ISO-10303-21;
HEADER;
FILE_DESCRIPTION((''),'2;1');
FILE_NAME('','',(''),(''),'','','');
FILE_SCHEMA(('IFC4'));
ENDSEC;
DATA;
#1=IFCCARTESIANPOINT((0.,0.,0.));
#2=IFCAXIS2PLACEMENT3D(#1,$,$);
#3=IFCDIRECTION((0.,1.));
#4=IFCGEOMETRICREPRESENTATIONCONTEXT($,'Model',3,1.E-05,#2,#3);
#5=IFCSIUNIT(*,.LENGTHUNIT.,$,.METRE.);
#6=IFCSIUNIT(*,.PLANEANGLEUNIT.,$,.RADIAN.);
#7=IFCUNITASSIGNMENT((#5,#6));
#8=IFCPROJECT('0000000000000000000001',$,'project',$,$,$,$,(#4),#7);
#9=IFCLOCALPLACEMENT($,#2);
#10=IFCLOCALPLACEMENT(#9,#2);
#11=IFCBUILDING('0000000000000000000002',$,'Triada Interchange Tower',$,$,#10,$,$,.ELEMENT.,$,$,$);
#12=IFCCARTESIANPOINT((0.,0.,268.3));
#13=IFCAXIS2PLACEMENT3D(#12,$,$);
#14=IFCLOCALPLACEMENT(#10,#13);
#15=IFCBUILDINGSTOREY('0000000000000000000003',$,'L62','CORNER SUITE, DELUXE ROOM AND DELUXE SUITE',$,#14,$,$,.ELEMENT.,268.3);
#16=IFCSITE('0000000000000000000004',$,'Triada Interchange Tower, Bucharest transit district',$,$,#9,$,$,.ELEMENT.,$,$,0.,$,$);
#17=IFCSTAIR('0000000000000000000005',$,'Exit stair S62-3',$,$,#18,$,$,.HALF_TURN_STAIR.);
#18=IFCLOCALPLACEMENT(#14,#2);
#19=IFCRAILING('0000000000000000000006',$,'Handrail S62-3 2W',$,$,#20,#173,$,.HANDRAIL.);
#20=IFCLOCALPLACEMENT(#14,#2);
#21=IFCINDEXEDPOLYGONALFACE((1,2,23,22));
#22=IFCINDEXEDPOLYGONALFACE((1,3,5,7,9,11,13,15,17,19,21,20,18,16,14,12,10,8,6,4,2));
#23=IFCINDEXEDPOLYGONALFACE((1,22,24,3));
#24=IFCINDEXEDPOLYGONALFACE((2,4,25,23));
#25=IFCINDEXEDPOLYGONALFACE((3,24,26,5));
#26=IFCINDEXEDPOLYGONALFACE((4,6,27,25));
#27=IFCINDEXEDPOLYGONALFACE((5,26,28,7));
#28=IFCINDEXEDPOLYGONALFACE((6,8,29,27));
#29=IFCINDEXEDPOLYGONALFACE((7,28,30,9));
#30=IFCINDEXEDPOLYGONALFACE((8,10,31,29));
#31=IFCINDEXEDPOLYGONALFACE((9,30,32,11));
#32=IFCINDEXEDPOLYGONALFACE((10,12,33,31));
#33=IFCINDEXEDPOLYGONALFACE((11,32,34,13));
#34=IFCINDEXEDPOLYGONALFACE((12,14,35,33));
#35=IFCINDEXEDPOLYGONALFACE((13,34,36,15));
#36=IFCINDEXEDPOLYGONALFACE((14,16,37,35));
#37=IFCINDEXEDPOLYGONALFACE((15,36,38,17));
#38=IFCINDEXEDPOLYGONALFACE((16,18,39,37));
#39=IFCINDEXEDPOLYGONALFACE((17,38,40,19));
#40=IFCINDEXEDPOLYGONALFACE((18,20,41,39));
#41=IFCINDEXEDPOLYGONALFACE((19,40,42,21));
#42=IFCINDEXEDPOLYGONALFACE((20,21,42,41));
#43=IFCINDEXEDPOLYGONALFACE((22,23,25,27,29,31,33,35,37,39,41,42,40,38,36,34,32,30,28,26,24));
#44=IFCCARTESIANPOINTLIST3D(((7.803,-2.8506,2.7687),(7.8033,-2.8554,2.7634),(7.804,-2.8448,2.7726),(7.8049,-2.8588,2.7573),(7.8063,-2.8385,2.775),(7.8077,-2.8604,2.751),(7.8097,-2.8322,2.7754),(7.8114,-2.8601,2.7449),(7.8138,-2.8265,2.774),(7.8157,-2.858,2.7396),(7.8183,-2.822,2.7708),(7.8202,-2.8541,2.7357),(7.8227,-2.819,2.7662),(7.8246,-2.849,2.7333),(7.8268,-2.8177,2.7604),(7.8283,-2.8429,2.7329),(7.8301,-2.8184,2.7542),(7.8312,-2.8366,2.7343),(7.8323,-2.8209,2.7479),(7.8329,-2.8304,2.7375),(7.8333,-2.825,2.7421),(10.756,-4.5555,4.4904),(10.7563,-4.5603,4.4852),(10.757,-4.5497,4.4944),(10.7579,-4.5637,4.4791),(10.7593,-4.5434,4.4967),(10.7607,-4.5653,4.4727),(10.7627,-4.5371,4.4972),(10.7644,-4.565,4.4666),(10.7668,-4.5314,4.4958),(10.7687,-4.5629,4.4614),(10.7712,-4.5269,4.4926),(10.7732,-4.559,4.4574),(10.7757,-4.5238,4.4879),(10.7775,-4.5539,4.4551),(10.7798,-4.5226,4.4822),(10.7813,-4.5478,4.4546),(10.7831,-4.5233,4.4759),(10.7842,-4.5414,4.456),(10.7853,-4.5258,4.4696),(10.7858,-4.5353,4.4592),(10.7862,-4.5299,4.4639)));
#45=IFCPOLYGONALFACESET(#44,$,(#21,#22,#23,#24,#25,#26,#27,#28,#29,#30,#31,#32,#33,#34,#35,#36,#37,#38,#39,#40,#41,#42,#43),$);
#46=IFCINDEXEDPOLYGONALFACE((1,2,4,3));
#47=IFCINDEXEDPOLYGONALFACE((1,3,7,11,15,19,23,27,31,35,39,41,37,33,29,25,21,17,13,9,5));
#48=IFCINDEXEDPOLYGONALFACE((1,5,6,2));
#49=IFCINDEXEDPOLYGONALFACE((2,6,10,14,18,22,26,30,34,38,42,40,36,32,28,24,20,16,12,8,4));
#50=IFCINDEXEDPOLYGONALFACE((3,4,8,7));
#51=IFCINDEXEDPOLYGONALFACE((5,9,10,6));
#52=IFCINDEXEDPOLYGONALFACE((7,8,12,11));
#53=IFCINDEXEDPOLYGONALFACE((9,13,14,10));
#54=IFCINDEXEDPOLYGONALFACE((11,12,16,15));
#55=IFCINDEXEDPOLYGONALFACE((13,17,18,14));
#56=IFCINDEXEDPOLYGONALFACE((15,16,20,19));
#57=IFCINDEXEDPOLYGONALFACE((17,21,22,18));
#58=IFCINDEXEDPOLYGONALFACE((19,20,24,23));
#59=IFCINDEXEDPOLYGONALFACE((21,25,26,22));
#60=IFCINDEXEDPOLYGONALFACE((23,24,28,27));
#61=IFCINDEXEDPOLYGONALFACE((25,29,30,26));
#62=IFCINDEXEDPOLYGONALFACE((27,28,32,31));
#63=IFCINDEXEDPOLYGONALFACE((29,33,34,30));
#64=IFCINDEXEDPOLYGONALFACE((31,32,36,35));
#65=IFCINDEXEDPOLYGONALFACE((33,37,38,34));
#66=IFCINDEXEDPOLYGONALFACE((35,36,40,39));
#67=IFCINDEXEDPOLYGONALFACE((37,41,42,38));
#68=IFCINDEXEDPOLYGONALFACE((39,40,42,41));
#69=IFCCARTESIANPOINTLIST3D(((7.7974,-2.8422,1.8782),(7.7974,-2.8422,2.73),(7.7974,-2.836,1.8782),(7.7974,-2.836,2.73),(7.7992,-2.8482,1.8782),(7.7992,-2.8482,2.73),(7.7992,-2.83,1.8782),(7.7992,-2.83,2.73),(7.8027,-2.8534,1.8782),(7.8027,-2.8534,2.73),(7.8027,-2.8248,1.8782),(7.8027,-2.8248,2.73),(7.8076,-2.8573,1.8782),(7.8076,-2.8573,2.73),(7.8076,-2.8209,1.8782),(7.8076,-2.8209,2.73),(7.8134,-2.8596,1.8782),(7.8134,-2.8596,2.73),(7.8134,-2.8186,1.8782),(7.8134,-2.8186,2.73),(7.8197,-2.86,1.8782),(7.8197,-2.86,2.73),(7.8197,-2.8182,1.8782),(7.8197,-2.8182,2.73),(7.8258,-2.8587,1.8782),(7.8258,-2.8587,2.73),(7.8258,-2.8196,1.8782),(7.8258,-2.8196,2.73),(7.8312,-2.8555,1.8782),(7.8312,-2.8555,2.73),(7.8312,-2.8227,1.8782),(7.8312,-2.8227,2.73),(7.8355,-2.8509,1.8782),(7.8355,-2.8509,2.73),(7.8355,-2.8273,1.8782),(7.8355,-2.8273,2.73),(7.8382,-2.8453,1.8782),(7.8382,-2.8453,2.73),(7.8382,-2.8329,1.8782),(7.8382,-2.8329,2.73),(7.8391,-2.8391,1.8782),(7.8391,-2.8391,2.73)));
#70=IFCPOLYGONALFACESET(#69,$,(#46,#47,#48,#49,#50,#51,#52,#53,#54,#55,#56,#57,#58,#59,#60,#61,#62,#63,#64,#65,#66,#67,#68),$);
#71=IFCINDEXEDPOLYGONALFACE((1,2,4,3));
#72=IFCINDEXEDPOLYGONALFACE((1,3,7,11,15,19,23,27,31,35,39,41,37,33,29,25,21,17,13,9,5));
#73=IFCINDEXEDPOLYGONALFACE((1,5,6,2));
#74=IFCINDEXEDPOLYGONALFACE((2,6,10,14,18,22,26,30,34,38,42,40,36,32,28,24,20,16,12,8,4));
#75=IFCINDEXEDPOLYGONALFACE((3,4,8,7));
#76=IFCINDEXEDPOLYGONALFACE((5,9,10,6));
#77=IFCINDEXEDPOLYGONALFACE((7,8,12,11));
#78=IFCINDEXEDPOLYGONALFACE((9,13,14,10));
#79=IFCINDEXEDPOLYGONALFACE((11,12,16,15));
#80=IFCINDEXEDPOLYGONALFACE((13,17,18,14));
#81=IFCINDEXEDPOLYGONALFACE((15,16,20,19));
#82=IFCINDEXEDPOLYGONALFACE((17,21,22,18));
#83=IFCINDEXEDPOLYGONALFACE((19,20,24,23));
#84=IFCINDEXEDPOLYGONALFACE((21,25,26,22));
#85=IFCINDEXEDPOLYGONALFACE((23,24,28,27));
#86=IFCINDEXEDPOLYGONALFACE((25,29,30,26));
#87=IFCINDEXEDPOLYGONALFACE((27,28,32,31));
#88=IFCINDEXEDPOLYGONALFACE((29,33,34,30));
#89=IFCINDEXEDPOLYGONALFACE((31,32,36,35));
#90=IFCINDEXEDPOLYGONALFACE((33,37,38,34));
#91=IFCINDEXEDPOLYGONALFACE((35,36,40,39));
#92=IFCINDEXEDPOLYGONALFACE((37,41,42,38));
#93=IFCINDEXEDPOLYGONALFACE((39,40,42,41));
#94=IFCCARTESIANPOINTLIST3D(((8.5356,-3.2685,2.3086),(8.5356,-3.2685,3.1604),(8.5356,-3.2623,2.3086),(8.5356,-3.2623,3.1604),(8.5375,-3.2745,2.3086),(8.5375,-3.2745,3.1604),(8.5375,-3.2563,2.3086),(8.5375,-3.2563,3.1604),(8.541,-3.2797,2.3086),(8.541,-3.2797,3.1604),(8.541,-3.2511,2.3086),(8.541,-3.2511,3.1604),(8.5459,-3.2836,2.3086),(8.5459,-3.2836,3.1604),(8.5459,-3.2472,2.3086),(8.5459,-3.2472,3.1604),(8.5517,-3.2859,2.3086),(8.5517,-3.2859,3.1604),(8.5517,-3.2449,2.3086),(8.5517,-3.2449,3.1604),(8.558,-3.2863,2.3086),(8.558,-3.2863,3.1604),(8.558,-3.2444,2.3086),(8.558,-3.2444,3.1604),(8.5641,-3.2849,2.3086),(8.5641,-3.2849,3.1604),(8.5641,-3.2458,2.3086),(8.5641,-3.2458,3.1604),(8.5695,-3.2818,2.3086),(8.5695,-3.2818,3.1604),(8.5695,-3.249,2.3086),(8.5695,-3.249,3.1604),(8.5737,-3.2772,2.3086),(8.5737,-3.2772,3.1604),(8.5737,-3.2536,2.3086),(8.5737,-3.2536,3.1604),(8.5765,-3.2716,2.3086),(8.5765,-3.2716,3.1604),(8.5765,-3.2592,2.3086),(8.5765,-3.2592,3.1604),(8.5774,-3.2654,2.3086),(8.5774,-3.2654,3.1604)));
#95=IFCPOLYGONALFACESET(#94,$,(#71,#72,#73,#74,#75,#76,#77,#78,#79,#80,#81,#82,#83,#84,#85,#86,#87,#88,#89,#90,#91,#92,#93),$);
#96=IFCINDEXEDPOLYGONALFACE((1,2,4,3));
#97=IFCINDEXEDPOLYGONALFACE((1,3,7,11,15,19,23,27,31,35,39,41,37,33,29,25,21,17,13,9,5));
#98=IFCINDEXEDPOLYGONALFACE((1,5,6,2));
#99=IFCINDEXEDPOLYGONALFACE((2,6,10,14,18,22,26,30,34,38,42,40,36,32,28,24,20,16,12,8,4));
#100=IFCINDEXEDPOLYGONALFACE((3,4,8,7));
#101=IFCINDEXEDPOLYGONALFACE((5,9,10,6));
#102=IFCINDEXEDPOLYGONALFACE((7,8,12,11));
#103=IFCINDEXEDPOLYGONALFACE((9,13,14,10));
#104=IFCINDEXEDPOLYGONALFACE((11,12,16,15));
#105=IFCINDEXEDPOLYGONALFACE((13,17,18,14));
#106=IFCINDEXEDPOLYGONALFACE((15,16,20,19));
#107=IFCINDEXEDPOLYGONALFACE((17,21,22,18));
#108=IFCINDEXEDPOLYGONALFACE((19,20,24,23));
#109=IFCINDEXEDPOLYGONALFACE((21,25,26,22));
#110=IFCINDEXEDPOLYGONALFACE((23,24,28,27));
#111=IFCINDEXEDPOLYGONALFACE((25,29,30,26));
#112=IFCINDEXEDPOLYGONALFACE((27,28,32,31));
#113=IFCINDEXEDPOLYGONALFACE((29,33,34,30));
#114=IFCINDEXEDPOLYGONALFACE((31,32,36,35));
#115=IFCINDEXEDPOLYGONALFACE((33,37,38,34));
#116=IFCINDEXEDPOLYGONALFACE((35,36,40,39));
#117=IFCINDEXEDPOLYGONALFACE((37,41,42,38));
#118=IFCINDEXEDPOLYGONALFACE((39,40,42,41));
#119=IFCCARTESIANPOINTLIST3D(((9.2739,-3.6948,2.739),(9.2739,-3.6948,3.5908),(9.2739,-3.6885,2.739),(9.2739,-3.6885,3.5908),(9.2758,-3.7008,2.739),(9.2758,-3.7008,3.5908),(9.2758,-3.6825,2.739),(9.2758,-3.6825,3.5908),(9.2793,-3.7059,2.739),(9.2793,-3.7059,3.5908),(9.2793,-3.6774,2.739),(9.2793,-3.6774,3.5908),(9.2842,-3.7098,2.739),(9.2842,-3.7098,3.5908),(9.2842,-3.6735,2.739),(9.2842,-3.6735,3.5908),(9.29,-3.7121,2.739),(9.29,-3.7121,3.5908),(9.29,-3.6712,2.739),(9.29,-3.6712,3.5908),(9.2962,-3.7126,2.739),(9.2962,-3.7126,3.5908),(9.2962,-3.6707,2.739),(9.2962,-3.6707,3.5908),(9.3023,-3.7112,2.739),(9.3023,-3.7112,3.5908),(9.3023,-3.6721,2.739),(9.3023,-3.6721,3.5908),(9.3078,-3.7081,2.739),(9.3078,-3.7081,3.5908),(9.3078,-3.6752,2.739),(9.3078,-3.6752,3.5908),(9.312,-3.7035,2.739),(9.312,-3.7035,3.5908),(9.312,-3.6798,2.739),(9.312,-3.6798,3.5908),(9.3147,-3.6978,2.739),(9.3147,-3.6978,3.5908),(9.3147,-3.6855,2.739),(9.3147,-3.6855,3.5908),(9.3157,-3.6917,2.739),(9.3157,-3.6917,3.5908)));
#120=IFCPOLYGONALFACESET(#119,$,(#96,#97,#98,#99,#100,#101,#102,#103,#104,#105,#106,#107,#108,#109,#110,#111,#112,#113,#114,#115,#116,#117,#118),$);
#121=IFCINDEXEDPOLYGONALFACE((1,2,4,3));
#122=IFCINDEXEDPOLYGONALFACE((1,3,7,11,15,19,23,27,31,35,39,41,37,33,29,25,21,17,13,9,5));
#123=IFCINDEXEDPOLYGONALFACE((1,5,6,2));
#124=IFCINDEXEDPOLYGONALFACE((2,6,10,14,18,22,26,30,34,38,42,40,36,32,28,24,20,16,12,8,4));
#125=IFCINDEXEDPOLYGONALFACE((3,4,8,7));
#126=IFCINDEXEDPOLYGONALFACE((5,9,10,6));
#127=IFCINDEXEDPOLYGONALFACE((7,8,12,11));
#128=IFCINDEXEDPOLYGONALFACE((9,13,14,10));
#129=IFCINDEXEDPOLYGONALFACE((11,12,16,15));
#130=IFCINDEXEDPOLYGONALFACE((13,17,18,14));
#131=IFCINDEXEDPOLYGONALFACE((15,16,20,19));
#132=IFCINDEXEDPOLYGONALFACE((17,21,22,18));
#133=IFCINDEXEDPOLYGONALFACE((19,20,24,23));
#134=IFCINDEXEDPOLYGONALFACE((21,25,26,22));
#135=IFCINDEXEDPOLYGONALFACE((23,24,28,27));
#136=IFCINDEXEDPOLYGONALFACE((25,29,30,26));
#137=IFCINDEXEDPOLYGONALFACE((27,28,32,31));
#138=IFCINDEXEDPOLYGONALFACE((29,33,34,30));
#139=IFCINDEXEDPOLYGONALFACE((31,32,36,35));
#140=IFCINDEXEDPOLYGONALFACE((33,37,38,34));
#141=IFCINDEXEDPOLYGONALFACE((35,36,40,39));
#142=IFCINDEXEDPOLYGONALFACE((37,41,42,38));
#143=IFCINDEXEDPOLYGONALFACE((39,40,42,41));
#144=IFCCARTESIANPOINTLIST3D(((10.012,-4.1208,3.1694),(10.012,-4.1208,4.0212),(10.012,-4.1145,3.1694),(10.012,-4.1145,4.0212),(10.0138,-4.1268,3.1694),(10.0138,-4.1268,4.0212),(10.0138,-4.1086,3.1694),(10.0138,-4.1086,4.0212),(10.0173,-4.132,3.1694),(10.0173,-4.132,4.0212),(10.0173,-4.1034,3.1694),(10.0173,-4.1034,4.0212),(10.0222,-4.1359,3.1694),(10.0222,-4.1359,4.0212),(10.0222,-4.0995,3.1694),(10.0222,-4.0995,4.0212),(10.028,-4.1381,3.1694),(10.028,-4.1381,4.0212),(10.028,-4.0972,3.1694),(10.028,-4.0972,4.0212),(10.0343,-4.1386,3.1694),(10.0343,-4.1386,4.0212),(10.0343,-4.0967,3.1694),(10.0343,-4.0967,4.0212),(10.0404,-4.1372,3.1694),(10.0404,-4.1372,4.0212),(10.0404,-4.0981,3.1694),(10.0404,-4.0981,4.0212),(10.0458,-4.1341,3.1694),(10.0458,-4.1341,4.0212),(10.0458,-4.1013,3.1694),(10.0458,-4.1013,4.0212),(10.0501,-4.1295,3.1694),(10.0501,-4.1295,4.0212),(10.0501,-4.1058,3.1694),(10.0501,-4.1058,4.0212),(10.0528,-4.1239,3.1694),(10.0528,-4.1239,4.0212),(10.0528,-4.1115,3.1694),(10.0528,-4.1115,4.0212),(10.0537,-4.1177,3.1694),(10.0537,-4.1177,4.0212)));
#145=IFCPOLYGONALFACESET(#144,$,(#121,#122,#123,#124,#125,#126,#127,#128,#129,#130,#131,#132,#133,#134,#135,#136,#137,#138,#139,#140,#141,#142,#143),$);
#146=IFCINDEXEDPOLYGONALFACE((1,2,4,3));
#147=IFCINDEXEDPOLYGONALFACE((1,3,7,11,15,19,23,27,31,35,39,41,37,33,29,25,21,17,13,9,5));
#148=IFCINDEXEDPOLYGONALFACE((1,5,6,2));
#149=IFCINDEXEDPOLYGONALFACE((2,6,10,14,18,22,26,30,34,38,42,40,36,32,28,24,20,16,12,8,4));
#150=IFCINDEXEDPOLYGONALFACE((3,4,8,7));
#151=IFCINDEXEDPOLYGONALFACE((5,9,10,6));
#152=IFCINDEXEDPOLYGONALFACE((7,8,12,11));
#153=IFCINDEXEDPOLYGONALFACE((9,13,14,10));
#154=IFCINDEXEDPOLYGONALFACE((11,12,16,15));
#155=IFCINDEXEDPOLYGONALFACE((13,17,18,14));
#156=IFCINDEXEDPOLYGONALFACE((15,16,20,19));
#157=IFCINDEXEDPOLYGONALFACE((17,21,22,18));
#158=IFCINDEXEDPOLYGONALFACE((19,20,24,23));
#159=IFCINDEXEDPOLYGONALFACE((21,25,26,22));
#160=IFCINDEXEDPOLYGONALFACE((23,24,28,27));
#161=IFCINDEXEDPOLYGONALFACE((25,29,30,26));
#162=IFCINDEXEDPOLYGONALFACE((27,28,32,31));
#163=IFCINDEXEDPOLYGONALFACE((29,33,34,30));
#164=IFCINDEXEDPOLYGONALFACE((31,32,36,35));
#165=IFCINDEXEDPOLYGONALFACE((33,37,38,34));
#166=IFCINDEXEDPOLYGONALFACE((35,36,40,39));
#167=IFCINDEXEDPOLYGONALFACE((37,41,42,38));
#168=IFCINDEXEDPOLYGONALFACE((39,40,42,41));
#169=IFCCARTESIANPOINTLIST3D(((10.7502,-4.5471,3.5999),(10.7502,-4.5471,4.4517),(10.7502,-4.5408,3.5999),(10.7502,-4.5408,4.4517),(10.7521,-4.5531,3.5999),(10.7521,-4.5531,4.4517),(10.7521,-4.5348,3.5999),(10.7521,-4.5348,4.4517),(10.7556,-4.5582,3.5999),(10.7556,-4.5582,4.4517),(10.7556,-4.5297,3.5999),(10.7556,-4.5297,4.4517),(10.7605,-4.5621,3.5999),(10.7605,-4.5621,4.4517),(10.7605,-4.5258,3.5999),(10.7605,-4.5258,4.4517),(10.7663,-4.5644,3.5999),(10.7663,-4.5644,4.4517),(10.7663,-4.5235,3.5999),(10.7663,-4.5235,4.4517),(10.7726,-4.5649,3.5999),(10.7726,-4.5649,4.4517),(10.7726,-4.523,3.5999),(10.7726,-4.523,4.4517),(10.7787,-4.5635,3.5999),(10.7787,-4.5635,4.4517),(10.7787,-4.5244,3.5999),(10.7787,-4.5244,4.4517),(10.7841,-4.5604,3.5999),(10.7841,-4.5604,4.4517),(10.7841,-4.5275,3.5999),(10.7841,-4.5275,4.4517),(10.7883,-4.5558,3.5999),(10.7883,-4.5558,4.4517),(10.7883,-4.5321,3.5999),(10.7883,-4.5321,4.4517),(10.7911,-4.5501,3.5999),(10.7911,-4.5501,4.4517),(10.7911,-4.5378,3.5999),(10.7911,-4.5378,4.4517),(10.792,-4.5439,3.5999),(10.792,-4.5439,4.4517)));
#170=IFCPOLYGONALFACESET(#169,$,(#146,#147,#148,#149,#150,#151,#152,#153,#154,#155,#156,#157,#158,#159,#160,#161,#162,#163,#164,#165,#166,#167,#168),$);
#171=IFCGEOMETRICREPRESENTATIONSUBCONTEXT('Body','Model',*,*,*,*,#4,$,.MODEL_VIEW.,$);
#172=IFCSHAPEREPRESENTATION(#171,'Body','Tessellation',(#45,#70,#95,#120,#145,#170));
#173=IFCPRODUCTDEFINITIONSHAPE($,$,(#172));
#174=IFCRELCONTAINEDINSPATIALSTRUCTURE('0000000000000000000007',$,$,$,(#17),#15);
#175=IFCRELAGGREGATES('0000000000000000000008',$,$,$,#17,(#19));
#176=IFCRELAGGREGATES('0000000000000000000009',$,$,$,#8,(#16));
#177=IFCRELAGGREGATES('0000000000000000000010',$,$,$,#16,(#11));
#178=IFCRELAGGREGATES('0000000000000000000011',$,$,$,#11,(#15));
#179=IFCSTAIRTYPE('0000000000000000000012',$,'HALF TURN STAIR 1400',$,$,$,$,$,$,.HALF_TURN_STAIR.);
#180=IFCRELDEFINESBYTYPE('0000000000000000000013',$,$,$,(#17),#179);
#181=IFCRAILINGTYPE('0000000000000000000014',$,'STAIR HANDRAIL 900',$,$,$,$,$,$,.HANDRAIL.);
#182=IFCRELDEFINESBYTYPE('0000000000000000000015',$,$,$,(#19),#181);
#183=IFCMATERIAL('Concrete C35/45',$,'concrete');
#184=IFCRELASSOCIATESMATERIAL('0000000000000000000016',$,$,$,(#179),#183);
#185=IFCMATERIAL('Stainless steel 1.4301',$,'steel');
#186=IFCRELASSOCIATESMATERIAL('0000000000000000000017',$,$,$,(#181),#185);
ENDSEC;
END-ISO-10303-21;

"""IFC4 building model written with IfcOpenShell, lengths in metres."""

from ifc_helpers import new_model, si_unit, direction, frame, origin, origin_2d, place, context, subcontext, project, spatial, circle, extrude, material, type_object, element, aggregate, save


model = new_model("IFC4")

# Units and contexts
model_context = context("Model", 3, precision=1e-05, world=origin(), true_north=direction((0.0, 1.0)))
body_context = subcontext(model_context, "Body", "Model", "MODEL_VIEW")
ifc_project = project(units=[si_unit("LENGTHUNIT", "METRE"), si_unit("PLANEANGLEUNIT", "RADIAN")], contexts=[model_context])

# Site, building, storey
site_placement = place(None, origin())
site = spatial("IfcSite", under=ifc_project, at=site_placement, Name="Triada Interchange Tower, Bucharest transit district", CompositionType="ELEMENT", RefElevation=0.0)
building_placement = place(site_placement, origin())
building = spatial("IfcBuilding", under=site, at=building_placement, Name="Triada Interchange Tower", CompositionType="ELEMENT")
storey_placement = place(building_placement, frame((0.0, 0.0, 268.3)))
storey = spatial("IfcBuildingStorey", under=building, at=storey_placement, Name="L62", Description="CORNER SUITE, DELUXE ROOM AND DELUXE SUITE", CompositionType="ELEMENT", Elevation=268.3)

# Stair, railing
ifc_material_1 = material(Name="Concrete C35/45", Category="concrete")
stair_type = type_object("IfcStairType", Name="HALF TURN STAIR 1400", PredefinedType="HALF_TURN_STAIR", material=ifc_material_1)
stair_placement = place(storey_placement, origin())
stair = element("IfcStair", 1, at=stair_placement, inside=storey, type_object=stair_type, Name="Exit stair S62-3", PredefinedType="HALF_TURN_STAIR")
ifc_material_2 = material(Name="Stainless steel 1.4301", Category="steel")
railing_type = type_object("IfcRailingType", Name="STAIR HANDRAIL 900", PredefinedType="HANDRAIL", material=ifc_material_2)
railing_1_placement = place(storey_placement, frame((7.8181, -2.8391, 1.8782)))
railing_1 = element("IfcRailing", 2, at=railing_1_placement, type_object=railing_type, Name="Handrail S62-3 2W", PredefinedType="HANDRAIL", context=body_context, shape_type="SweptSolid", body=[
    extrude(circle(Radius=0.0239, at=origin_2d()), frame((0.0, 0.0, 0.876), z_axis=(0.773065, -0.446326, 0.450736), x_axis=(0.499997, 0.866027, 0.0)), (0.0, 0.0, 1.0), 3.8198),
    extrude(circle(Radius=0.021, at=origin_2d()), origin(), (0.0, 0.0, 1.0), 0.8518),
    extrude(circle(Radius=0.021, at=origin_2d()), frame((0.7383, -0.4263, 0.4304)), (0.0, 0.0, 1.0), 0.8518),
    extrude(circle(Radius=0.021, at=origin_2d()), frame((1.4766, -0.8525, 0.8608)), (0.0, 0.0, 1.0), 0.8518),
    extrude(circle(Radius=0.021, at=origin_2d()), frame((2.2146, -1.2786, 1.2913)), (0.0, 0.0, 1.0), 0.8518),
    extrude(circle(Radius=0.021, at=origin_2d()), frame((2.9529, -1.7048, 1.7217)), (0.0, 0.0, 1.0), 0.8518),
])
aggregate(stair, [railing_1])

save(model, "model.ifc")
